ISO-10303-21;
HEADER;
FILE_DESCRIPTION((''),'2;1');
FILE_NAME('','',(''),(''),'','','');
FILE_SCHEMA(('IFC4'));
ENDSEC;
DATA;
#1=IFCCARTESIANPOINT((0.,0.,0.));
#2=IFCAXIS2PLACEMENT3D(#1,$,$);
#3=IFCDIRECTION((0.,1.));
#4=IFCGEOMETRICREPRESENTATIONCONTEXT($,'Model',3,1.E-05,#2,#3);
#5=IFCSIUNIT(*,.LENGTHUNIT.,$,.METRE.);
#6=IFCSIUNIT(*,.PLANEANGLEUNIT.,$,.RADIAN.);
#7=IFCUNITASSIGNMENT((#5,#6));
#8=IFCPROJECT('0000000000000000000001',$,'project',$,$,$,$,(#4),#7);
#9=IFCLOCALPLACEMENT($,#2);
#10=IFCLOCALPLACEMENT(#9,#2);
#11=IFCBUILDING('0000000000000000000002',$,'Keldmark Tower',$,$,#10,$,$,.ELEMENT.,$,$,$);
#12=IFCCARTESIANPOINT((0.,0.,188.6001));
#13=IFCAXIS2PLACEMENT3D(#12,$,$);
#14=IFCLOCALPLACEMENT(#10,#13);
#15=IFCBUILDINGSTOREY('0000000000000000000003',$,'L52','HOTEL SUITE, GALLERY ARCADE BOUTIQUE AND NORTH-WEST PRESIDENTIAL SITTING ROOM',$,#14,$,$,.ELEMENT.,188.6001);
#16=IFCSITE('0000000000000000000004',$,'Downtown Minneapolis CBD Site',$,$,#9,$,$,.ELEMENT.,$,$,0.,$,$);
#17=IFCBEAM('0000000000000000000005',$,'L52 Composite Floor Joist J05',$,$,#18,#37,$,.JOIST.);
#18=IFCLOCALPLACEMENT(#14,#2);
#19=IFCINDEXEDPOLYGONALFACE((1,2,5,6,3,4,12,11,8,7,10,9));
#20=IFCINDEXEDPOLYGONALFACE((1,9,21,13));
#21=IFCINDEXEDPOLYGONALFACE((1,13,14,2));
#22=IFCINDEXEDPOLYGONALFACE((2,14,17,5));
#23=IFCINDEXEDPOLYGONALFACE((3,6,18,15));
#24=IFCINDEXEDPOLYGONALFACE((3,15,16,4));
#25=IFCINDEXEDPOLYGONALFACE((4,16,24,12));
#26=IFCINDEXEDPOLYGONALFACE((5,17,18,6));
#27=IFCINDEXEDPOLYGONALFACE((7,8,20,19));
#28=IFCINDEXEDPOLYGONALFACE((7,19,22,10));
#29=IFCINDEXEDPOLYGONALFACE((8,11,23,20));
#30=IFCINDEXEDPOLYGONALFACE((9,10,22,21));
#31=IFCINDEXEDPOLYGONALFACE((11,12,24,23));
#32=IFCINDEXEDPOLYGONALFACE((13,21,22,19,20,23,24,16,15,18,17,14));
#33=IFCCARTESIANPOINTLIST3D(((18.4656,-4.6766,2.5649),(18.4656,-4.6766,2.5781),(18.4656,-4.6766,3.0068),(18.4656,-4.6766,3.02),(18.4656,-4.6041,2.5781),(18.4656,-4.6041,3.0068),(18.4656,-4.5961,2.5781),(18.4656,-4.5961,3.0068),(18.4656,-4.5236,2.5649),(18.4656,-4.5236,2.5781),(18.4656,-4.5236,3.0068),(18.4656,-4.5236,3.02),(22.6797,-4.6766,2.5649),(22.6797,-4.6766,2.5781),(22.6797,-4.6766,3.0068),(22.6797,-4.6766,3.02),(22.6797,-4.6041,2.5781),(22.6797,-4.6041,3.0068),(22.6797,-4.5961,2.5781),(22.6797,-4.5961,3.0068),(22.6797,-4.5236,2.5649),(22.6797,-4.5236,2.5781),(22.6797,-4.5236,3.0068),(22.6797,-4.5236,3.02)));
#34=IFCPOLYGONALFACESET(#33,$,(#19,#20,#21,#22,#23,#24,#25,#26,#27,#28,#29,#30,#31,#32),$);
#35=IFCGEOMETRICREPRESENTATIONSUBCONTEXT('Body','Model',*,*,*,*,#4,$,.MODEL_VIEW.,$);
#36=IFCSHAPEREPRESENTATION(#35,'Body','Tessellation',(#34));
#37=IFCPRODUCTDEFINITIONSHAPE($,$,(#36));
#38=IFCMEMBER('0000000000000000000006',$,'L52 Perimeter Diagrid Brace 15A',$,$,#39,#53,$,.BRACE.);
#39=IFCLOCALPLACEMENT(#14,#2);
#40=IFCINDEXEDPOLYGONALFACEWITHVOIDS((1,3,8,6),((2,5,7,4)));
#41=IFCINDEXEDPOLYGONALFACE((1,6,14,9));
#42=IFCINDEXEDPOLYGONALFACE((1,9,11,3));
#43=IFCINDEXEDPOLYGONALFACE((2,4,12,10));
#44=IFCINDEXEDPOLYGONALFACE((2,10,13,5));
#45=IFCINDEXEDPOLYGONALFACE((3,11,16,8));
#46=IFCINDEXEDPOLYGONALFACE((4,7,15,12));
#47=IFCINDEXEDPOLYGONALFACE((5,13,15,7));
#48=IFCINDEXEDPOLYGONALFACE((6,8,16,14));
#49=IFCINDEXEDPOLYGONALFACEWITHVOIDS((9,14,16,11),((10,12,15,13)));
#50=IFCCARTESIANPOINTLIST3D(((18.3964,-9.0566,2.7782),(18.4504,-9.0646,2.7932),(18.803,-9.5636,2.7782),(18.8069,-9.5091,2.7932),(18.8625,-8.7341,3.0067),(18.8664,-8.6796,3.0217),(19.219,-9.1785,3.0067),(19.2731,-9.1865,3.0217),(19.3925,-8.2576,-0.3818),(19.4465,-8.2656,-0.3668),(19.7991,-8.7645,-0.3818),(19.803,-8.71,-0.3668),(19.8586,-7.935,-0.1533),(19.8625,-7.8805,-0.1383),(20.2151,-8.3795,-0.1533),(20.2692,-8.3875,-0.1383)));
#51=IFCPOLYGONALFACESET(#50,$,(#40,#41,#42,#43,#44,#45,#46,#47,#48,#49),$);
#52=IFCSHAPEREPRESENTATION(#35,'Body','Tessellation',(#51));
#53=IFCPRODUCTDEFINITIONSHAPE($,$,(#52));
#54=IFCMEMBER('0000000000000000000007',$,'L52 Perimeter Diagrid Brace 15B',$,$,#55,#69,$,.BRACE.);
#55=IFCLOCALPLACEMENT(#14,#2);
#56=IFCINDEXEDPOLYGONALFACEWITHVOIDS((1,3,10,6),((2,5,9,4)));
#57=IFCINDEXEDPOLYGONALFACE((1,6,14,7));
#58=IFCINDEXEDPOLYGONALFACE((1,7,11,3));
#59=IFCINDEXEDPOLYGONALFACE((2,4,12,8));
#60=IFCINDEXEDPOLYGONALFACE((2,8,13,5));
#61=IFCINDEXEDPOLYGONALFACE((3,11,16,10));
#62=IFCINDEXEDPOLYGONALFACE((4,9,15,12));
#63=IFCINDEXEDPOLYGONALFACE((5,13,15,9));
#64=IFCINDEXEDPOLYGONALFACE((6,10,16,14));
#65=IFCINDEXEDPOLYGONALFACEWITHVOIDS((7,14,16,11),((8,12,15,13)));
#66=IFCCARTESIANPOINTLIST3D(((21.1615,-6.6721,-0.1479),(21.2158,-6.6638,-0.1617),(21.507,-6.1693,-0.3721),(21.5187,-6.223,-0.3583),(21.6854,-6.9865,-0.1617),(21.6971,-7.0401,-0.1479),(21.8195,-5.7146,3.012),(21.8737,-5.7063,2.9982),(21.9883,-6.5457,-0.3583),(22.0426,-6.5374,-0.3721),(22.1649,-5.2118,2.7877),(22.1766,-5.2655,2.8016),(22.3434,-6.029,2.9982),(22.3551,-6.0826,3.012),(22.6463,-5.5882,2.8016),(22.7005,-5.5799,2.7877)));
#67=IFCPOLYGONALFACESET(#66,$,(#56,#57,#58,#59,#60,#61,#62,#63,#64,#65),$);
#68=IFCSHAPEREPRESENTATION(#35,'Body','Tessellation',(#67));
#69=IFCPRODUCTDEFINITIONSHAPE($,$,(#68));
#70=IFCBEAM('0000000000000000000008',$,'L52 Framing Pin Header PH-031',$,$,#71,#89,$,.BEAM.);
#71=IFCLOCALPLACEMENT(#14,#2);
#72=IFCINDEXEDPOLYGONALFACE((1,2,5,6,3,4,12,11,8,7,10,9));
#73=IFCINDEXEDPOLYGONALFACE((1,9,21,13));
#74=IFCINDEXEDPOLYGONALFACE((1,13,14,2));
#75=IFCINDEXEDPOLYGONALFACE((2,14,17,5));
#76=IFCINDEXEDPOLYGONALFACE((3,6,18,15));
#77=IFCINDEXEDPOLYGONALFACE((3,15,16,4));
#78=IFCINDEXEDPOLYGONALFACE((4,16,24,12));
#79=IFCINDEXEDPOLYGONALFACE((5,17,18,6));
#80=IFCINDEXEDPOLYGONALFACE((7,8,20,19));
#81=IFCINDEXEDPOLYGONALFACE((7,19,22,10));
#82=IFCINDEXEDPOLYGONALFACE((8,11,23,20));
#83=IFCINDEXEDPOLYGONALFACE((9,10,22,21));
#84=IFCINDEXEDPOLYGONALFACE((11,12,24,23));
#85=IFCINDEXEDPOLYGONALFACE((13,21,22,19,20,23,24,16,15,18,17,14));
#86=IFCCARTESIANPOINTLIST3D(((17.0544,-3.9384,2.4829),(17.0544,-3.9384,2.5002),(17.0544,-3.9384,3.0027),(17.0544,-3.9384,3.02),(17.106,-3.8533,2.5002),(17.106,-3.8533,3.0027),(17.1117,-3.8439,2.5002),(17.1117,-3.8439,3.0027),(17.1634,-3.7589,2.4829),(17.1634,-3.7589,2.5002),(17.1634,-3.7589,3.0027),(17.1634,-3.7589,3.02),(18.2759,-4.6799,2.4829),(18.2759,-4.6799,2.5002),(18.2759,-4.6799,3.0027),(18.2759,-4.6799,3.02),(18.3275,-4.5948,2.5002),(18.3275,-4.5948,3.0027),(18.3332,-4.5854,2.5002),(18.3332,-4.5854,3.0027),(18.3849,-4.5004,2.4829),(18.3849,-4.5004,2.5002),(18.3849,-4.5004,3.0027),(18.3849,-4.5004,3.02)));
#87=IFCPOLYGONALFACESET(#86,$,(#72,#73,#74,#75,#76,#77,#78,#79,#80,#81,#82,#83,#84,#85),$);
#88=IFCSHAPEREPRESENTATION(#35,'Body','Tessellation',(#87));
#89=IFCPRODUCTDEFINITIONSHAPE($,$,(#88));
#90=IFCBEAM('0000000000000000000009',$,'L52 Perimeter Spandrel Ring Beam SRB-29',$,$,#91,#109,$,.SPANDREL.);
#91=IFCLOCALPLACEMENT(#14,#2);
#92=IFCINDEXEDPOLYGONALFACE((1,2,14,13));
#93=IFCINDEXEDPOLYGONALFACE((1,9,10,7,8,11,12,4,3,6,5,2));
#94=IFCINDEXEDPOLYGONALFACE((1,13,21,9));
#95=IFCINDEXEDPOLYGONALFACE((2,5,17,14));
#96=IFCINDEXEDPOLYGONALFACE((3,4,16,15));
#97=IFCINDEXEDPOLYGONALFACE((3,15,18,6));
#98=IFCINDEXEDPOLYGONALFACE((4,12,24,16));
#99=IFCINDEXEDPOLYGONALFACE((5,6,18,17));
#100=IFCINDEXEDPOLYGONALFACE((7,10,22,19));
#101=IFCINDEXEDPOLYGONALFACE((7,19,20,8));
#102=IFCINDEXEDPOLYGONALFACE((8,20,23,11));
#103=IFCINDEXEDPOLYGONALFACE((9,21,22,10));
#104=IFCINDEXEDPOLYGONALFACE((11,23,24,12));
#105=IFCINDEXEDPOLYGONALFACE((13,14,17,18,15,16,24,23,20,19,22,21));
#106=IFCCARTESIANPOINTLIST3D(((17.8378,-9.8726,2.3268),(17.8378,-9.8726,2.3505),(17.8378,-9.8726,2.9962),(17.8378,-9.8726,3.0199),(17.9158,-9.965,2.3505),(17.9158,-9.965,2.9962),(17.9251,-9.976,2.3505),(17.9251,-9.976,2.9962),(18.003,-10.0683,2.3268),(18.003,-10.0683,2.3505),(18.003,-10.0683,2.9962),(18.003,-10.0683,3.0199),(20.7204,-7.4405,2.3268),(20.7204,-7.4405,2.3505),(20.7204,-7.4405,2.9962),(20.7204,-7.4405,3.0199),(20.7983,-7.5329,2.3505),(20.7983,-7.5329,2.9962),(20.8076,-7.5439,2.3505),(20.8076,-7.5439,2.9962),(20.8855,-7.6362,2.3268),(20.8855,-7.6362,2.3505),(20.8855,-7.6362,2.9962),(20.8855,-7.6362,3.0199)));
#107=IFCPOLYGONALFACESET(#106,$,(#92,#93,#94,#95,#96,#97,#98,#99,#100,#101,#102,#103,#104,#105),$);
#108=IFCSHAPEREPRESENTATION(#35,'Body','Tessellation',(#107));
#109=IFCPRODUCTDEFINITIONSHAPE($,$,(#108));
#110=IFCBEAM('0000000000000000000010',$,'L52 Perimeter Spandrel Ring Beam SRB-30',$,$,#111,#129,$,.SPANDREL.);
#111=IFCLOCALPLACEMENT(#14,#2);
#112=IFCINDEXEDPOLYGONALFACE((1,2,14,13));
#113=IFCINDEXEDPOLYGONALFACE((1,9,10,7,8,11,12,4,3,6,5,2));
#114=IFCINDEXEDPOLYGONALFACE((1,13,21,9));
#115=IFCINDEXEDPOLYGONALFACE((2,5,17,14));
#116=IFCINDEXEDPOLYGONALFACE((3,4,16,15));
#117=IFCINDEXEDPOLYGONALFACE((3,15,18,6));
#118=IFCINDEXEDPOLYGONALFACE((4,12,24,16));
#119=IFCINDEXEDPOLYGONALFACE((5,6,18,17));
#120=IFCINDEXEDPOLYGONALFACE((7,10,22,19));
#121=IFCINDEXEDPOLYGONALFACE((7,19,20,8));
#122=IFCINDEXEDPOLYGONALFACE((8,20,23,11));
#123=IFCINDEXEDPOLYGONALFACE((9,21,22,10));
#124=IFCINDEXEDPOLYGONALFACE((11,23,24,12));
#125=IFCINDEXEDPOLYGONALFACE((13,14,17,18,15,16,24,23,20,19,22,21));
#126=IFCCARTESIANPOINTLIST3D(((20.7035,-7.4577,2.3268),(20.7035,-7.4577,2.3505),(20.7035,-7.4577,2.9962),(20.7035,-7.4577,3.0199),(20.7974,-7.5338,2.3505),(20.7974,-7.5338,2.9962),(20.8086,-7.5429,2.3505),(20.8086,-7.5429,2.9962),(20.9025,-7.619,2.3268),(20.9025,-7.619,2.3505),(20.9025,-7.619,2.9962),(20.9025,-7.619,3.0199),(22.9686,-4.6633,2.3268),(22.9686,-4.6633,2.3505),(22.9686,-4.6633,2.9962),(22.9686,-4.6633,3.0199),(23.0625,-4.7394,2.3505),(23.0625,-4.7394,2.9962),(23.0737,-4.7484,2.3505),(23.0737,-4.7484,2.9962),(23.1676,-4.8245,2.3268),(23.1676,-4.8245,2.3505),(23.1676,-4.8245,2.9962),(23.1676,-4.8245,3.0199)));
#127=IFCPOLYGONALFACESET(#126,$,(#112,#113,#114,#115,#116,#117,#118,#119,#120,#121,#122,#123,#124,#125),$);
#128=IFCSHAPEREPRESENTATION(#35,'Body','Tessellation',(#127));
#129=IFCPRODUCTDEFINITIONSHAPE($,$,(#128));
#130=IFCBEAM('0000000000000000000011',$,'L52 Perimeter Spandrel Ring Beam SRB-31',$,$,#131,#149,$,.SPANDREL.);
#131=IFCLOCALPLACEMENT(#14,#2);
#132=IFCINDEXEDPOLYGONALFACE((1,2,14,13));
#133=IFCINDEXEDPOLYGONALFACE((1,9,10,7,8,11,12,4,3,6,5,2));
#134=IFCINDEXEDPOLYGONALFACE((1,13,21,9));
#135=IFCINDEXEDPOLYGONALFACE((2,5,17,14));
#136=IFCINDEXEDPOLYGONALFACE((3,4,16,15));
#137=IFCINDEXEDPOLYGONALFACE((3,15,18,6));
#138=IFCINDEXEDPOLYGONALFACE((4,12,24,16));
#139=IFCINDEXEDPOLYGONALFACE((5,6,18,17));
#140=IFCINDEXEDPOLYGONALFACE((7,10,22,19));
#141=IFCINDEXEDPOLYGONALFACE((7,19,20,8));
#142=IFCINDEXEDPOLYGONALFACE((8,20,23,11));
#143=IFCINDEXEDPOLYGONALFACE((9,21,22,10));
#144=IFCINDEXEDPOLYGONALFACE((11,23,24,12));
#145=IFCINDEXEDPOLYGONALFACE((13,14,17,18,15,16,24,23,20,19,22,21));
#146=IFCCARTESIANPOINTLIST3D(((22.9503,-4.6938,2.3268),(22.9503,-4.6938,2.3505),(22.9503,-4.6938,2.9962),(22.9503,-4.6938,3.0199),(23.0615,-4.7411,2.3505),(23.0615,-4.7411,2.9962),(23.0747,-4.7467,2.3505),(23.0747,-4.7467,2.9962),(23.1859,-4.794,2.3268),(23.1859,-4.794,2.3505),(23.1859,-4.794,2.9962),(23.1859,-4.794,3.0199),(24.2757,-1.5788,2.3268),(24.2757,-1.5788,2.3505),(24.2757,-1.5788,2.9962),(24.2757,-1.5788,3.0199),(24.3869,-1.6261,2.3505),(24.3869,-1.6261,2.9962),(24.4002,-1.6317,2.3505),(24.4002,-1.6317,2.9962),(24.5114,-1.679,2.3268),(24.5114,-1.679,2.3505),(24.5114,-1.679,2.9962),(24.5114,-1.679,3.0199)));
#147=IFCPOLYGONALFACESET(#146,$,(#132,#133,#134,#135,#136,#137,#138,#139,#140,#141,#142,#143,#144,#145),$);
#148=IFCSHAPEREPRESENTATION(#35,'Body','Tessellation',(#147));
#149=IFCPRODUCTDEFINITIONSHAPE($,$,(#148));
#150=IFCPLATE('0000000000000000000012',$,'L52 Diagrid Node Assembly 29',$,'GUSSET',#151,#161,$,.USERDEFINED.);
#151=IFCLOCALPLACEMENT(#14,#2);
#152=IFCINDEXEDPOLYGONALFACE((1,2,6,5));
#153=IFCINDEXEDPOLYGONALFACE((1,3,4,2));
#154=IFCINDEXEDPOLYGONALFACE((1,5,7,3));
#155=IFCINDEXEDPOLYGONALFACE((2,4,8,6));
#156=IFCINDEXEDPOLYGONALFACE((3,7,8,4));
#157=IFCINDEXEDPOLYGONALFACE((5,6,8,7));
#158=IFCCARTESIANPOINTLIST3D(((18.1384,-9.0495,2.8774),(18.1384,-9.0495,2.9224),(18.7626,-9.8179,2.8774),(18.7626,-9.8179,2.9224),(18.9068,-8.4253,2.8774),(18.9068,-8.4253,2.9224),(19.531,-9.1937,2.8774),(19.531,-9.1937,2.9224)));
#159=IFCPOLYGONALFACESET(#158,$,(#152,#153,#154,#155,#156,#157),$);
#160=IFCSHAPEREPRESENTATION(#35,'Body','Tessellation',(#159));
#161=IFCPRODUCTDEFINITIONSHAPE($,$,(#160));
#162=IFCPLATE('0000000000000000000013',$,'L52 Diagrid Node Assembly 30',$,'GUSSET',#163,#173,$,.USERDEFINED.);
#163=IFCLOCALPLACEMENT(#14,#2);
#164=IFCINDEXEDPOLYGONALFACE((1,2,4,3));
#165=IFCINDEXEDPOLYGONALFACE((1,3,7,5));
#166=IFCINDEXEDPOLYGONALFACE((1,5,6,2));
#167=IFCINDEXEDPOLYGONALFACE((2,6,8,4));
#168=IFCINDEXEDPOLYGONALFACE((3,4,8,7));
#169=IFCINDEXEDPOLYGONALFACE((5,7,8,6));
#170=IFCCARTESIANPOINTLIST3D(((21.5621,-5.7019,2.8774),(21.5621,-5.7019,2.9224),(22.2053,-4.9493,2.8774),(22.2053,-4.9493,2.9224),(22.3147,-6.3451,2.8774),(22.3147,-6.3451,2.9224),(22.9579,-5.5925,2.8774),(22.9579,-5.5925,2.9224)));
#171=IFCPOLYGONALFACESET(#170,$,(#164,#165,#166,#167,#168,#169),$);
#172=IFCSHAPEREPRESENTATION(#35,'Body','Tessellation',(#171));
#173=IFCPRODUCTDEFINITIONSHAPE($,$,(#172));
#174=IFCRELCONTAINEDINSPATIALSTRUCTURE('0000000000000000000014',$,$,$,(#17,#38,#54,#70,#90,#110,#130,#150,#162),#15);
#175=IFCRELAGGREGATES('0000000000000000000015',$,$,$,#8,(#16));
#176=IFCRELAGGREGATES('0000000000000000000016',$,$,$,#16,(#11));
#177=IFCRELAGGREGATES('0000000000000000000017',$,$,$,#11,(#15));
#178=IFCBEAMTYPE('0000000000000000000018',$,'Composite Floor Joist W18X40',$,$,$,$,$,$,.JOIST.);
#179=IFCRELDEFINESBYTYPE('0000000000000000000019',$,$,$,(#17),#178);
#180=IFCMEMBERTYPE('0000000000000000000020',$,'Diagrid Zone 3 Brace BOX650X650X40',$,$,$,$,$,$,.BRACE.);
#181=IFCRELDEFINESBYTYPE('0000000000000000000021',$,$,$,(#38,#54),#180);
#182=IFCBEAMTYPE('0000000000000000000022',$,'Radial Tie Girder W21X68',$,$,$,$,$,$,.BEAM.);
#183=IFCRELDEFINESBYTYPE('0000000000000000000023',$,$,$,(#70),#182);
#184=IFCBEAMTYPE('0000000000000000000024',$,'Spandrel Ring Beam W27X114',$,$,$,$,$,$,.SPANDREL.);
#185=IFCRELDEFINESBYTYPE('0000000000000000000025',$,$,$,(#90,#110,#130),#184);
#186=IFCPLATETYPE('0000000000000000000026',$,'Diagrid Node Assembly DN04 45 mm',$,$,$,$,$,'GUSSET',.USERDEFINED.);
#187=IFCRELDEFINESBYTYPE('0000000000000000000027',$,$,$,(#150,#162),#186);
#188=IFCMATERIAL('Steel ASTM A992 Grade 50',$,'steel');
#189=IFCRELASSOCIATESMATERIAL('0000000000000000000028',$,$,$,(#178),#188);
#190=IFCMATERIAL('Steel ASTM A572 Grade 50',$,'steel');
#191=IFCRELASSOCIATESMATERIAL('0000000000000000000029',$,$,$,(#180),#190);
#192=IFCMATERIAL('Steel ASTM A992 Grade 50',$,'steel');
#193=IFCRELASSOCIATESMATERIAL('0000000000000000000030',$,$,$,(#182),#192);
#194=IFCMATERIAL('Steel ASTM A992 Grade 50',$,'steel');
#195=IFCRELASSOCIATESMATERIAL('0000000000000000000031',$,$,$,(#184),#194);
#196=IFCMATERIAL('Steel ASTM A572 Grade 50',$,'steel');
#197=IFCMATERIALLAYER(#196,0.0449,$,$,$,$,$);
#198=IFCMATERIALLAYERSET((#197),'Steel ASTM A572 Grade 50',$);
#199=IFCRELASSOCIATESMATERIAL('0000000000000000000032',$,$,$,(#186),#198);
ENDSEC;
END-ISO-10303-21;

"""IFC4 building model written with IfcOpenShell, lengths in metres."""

from ifc_helpers import new_model, si_unit, direction, frame, origin, origin_2d, place, context, subcontext, project, spatial, rectangle, hollow_rectangle, i_section, extrude, material, layer, layer_set, material_profile, profile_set, type_object, element, save


model = new_model("IFC4")

# Units and contexts
model_context = context("Model", 3, precision=1e-05, world=origin(), true_north=direction((0.0, 1.0)))
body_context = subcontext(model_context, "Body", "Model", "MODEL_VIEW")
ifc_project = project(units=[si_unit("LENGTHUNIT", "METRE"), si_unit("PLANEANGLEUNIT", "RADIAN")], contexts=[model_context])

# Site, building, storey
site_placement = place(None, origin())
site = spatial("IfcSite", under=ifc_project, at=site_placement, Name="Downtown Minneapolis CBD Site", CompositionType="ELEMENT", RefElevation=0.0)
building_placement = place(site_placement, origin())
building = spatial("IfcBuilding", under=site, at=building_placement, Name="Keldmark Tower", CompositionType="ELEMENT")
storey_placement = place(building_placement, frame((0.0, 0.0, 188.6001)))
storey = spatial("IfcBuildingStorey", under=building, at=storey_placement, Name="L52", Description="HOTEL SUITE, GALLERY ARCADE BOUTIQUE AND NORTH-WEST PRESIDENTIAL SITTING ROOM", CompositionType="ELEMENT", Elevation=188.6001)

# Beam
ifc_material_1 = material(Name="Steel ASTM A992 Grade 50", Category="steel")
ifc_material_profile_1 = material_profile(ifc_material_1, i_section(OverallWidth=0.1531, OverallDepth=0.4551, WebThickness=0.0081, FlangeThickness=0.0132, at=origin_2d()), Name="W18X40")
ifc_profile_set_1 = profile_set([ifc_material_profile_1], Name="Steel ASTM A992 Grade 50")
beam_type_1 = type_object("IfcBeamType", Name="Composite Floor Joist W18X40", PredefinedType="JOIST", material=ifc_profile_set_1)
beam_1_placement = place(storey_placement, frame((18.4656, -4.6001, 2.7925), z_axis=(1.0, 0.0, 0.0), x_axis=(0.0, 1.0, 0.0)))
element("IfcBeam", 1, at=beam_1_placement, inside=storey, type_object=beam_type_1, Name="L52 Composite Floor Joist J05", PredefinedType="JOIST", context=body_context, shape_type="SweptSolid", body=[
    extrude(i_section(OverallWidth=0.1531, OverallDepth=0.4551, WebThickness=0.0081, FlangeThickness=0.0132, at=origin_2d()), origin(), (0.0, 0.0, 1.0), 4.2141),
])

# Members
ifc_material_2 = material(Name="Steel ASTM A572 Grade 50", Category="steel")
ifc_material_profile_2 = material_profile(ifc_material_2, hollow_rectangle(XDim=0.6499, YDim=0.6499, WallThickness=0.04, at=origin_2d()), Name="BOX650X650X40")
ifc_profile_set_2 = profile_set([ifc_material_profile_2], Name="Steel ASTM A572 Grade 50")
member_type = type_object("IfcMemberType", Name="Diagrid Zone 3 Brace BOX650X650X40", PredefinedType="BRACE", material=ifc_profile_set_2)
member_1_placement = place(storey_placement, frame((19.8308, -8.3225, -0.26), z_axis=(-0.292265, -0.234456, 0.927152), x_axis=(0.625744, -0.780029, 0.0)))
element("IfcMember", 2, at=member_1_placement, inside=storey, type_object=member_type, Name="L52 Perimeter Diagrid Brace 15A", PredefinedType="BRACE", context=body_context, shape_type="SweptSolid", body=[
    extrude(hollow_rectangle(XDim=0.6499, YDim=0.6499, WallThickness=0.04, at=origin_2d()), origin(), (0.0, 0.0, 1.0), 3.4082),
])
member_2_placement = place(storey_placement, frame((21.6021, -6.6047, -0.26), z_axis=(0.19543, 0.284407, 0.938573), x_axis=(-0.824177, 0.566333, 0.0)))
element("IfcMember", 3, at=member_2_placement, inside=storey, type_object=member_type, Name="L52 Perimeter Diagrid Brace 15B", PredefinedType="BRACE", context=body_context, shape_type="SweptSolid", body=[
    extrude(hollow_rectangle(XDim=0.6499, YDim=0.6499, WallThickness=0.04, at=origin_2d()), origin(), (0.0, 0.0, 1.0), 3.3667),
])

# Beams
ifc_material_3 = material(Name="Steel ASTM A992 Grade 50", Category="steel")
ifc_material_profile_3 = material_profile(ifc_material_3, i_section(OverallWidth=0.21, OverallDepth=0.5371, WebThickness=0.011, FlangeThickness=0.0173, at=origin_2d()), Name="W21X68")
ifc_profile_set_3 = profile_set([ifc_material_profile_3], Name="Steel ASTM A992 Grade 50")
beam_type_2 = type_object("IfcBeamType", Name="Radial Tie Girder W21X68", PredefinedType="BEAM", material=ifc_profile_set_3)
beam_2_placement = place(storey_placement, frame((17.1089, -3.8486, 2.7515), z_axis=(0.854828, -0.518911, 0.0), x_axis=(0.518911, 0.854828, 0.0)))
element("IfcBeam", 4, at=beam_2_placement, inside=storey, type_object=beam_type_2, Name="L52 Framing Pin Header PH-031", PredefinedType="BEAM", context=body_context, shape_type="SweptSolid", body=[
    extrude(i_section(OverallWidth=0.21, OverallDepth=0.5371, WebThickness=0.011, FlangeThickness=0.0173, at=origin_2d()), origin(), (0.0, 0.0, 1.0), 1.429),
])
ifc_material_4 = material(Name="Steel ASTM A992 Grade 50", Category="steel")
ifc_material_profile_4 = material_profile(ifc_material_4, i_section(OverallWidth=0.2561, OverallDepth=0.6931, WebThickness=0.0144, FlangeThickness=0.0237, at=origin_2d()), Name="W27X114")
ifc_profile_set_4 = profile_set([ifc_material_profile_4], Name="Steel ASTM A992 Grade 50")
beam_type_3 = type_object("IfcBeamType", Name="Spandrel Ring Beam W27X114", PredefinedType="SPANDREL", material=ifc_profile_set_4)
beam_3_placement = place(storey_placement, frame((17.9204, -9.9705, 2.6733), z_axis=(0.764296, 0.644865, 0.0), x_axis=(-0.644865, 0.764296, 0.0)))
element("IfcBeam", 5, at=beam_3_placement, inside=storey, type_object=beam_type_3, Name="L52 Perimeter Spandrel Ring Beam SRB-29", PredefinedType="SPANDREL", context=body_context, shape_type="SweptSolid", body=[
    extrude(i_section(OverallWidth=0.2561, OverallDepth=0.6931, WebThickness=0.0144, FlangeThickness=0.0237, at=origin_2d()), origin(), (0.0, 0.0, 1.0), 3.7715),
])
beam_4_placement = place(storey_placement, frame((20.803, -7.5383, 2.6733), z_axis=(0.629698, 0.77684, 0.0), x_axis=(-0.77684, 0.629698, 0.0)))
element("IfcBeam", 6, at=beam_4_placement, inside=storey, type_object=beam_type_3, Name="L52 Perimeter Spandrel Ring Beam SRB-30", PredefinedType="SPANDREL", context=body_context, shape_type="SweptSolid", body=[
    extrude(i_section(OverallWidth=0.2561, OverallDepth=0.6931, WebThickness=0.0144, FlangeThickness=0.0237, at=origin_2d()), origin(), (0.0, 0.0, 1.0), 3.5972),
])
beam_5_placement = place(storey_placement, frame((23.0681, -4.7439, 2.6733), z_axis=(0.391533, 0.920164, 0.0), x_axis=(-0.920164, 0.391533, 0.0)))
element("IfcBeam", 7, at=beam_5_placement, inside=storey, type_object=beam_type_3, Name="L52 Perimeter Spandrel Ring Beam SRB-31", PredefinedType="SPANDREL", context=body_context, shape_type="SweptSolid", body=[
    extrude(i_section(OverallWidth=0.2561, OverallDepth=0.6931, WebThickness=0.0144, FlangeThickness=0.0237, at=origin_2d()), origin(), (0.0, 0.0, 1.0), 3.3853),
])

# Plates
ifc_material_5 = material(Name="Steel ASTM A572 Grade 50", Category="steel")
ifc_layer_1 = layer(ifc_material_5, 0.0449)
ifc_layer_set_1 = layer_set([ifc_layer_1], Name="Steel ASTM A572 Grade 50")
plate_type = type_object("IfcPlateType", Name="Diagrid Node Assembly DN04 45 mm", ElementType="GUSSET", PredefinedType="USERDEFINED", material=ifc_layer_set_1)
for number, where, z_axis, x_axis, name in (
    (8, (18.8347, -9.1216, 2.8774), (0.0, 0.0, 1.0), (0.776156, 0.63054, 0.0), "L52 Diagrid Node Assembly 29"),
    (9, (22.26, -5.6472, 2.8774), (0.0, 0.0, 1.0), (0.649713, 0.760179, 0.0), "L52 Diagrid Node Assembly 30"),
):
    element("IfcPlate", number, at=place(storey_placement, frame(where, z_axis=z_axis, x_axis=x_axis)), inside=storey, type_object=plate_type, Name=name, ObjectType="GUSSET", PredefinedType="USERDEFINED", context=body_context, shape_type="SweptSolid", body=[
        extrude(rectangle(XDim=0.99, YDim=0.99, at=origin_2d()), origin(), (0.0, 0.0, 1.0), 0.0449),
    ])

save(model, "model.ifc")
